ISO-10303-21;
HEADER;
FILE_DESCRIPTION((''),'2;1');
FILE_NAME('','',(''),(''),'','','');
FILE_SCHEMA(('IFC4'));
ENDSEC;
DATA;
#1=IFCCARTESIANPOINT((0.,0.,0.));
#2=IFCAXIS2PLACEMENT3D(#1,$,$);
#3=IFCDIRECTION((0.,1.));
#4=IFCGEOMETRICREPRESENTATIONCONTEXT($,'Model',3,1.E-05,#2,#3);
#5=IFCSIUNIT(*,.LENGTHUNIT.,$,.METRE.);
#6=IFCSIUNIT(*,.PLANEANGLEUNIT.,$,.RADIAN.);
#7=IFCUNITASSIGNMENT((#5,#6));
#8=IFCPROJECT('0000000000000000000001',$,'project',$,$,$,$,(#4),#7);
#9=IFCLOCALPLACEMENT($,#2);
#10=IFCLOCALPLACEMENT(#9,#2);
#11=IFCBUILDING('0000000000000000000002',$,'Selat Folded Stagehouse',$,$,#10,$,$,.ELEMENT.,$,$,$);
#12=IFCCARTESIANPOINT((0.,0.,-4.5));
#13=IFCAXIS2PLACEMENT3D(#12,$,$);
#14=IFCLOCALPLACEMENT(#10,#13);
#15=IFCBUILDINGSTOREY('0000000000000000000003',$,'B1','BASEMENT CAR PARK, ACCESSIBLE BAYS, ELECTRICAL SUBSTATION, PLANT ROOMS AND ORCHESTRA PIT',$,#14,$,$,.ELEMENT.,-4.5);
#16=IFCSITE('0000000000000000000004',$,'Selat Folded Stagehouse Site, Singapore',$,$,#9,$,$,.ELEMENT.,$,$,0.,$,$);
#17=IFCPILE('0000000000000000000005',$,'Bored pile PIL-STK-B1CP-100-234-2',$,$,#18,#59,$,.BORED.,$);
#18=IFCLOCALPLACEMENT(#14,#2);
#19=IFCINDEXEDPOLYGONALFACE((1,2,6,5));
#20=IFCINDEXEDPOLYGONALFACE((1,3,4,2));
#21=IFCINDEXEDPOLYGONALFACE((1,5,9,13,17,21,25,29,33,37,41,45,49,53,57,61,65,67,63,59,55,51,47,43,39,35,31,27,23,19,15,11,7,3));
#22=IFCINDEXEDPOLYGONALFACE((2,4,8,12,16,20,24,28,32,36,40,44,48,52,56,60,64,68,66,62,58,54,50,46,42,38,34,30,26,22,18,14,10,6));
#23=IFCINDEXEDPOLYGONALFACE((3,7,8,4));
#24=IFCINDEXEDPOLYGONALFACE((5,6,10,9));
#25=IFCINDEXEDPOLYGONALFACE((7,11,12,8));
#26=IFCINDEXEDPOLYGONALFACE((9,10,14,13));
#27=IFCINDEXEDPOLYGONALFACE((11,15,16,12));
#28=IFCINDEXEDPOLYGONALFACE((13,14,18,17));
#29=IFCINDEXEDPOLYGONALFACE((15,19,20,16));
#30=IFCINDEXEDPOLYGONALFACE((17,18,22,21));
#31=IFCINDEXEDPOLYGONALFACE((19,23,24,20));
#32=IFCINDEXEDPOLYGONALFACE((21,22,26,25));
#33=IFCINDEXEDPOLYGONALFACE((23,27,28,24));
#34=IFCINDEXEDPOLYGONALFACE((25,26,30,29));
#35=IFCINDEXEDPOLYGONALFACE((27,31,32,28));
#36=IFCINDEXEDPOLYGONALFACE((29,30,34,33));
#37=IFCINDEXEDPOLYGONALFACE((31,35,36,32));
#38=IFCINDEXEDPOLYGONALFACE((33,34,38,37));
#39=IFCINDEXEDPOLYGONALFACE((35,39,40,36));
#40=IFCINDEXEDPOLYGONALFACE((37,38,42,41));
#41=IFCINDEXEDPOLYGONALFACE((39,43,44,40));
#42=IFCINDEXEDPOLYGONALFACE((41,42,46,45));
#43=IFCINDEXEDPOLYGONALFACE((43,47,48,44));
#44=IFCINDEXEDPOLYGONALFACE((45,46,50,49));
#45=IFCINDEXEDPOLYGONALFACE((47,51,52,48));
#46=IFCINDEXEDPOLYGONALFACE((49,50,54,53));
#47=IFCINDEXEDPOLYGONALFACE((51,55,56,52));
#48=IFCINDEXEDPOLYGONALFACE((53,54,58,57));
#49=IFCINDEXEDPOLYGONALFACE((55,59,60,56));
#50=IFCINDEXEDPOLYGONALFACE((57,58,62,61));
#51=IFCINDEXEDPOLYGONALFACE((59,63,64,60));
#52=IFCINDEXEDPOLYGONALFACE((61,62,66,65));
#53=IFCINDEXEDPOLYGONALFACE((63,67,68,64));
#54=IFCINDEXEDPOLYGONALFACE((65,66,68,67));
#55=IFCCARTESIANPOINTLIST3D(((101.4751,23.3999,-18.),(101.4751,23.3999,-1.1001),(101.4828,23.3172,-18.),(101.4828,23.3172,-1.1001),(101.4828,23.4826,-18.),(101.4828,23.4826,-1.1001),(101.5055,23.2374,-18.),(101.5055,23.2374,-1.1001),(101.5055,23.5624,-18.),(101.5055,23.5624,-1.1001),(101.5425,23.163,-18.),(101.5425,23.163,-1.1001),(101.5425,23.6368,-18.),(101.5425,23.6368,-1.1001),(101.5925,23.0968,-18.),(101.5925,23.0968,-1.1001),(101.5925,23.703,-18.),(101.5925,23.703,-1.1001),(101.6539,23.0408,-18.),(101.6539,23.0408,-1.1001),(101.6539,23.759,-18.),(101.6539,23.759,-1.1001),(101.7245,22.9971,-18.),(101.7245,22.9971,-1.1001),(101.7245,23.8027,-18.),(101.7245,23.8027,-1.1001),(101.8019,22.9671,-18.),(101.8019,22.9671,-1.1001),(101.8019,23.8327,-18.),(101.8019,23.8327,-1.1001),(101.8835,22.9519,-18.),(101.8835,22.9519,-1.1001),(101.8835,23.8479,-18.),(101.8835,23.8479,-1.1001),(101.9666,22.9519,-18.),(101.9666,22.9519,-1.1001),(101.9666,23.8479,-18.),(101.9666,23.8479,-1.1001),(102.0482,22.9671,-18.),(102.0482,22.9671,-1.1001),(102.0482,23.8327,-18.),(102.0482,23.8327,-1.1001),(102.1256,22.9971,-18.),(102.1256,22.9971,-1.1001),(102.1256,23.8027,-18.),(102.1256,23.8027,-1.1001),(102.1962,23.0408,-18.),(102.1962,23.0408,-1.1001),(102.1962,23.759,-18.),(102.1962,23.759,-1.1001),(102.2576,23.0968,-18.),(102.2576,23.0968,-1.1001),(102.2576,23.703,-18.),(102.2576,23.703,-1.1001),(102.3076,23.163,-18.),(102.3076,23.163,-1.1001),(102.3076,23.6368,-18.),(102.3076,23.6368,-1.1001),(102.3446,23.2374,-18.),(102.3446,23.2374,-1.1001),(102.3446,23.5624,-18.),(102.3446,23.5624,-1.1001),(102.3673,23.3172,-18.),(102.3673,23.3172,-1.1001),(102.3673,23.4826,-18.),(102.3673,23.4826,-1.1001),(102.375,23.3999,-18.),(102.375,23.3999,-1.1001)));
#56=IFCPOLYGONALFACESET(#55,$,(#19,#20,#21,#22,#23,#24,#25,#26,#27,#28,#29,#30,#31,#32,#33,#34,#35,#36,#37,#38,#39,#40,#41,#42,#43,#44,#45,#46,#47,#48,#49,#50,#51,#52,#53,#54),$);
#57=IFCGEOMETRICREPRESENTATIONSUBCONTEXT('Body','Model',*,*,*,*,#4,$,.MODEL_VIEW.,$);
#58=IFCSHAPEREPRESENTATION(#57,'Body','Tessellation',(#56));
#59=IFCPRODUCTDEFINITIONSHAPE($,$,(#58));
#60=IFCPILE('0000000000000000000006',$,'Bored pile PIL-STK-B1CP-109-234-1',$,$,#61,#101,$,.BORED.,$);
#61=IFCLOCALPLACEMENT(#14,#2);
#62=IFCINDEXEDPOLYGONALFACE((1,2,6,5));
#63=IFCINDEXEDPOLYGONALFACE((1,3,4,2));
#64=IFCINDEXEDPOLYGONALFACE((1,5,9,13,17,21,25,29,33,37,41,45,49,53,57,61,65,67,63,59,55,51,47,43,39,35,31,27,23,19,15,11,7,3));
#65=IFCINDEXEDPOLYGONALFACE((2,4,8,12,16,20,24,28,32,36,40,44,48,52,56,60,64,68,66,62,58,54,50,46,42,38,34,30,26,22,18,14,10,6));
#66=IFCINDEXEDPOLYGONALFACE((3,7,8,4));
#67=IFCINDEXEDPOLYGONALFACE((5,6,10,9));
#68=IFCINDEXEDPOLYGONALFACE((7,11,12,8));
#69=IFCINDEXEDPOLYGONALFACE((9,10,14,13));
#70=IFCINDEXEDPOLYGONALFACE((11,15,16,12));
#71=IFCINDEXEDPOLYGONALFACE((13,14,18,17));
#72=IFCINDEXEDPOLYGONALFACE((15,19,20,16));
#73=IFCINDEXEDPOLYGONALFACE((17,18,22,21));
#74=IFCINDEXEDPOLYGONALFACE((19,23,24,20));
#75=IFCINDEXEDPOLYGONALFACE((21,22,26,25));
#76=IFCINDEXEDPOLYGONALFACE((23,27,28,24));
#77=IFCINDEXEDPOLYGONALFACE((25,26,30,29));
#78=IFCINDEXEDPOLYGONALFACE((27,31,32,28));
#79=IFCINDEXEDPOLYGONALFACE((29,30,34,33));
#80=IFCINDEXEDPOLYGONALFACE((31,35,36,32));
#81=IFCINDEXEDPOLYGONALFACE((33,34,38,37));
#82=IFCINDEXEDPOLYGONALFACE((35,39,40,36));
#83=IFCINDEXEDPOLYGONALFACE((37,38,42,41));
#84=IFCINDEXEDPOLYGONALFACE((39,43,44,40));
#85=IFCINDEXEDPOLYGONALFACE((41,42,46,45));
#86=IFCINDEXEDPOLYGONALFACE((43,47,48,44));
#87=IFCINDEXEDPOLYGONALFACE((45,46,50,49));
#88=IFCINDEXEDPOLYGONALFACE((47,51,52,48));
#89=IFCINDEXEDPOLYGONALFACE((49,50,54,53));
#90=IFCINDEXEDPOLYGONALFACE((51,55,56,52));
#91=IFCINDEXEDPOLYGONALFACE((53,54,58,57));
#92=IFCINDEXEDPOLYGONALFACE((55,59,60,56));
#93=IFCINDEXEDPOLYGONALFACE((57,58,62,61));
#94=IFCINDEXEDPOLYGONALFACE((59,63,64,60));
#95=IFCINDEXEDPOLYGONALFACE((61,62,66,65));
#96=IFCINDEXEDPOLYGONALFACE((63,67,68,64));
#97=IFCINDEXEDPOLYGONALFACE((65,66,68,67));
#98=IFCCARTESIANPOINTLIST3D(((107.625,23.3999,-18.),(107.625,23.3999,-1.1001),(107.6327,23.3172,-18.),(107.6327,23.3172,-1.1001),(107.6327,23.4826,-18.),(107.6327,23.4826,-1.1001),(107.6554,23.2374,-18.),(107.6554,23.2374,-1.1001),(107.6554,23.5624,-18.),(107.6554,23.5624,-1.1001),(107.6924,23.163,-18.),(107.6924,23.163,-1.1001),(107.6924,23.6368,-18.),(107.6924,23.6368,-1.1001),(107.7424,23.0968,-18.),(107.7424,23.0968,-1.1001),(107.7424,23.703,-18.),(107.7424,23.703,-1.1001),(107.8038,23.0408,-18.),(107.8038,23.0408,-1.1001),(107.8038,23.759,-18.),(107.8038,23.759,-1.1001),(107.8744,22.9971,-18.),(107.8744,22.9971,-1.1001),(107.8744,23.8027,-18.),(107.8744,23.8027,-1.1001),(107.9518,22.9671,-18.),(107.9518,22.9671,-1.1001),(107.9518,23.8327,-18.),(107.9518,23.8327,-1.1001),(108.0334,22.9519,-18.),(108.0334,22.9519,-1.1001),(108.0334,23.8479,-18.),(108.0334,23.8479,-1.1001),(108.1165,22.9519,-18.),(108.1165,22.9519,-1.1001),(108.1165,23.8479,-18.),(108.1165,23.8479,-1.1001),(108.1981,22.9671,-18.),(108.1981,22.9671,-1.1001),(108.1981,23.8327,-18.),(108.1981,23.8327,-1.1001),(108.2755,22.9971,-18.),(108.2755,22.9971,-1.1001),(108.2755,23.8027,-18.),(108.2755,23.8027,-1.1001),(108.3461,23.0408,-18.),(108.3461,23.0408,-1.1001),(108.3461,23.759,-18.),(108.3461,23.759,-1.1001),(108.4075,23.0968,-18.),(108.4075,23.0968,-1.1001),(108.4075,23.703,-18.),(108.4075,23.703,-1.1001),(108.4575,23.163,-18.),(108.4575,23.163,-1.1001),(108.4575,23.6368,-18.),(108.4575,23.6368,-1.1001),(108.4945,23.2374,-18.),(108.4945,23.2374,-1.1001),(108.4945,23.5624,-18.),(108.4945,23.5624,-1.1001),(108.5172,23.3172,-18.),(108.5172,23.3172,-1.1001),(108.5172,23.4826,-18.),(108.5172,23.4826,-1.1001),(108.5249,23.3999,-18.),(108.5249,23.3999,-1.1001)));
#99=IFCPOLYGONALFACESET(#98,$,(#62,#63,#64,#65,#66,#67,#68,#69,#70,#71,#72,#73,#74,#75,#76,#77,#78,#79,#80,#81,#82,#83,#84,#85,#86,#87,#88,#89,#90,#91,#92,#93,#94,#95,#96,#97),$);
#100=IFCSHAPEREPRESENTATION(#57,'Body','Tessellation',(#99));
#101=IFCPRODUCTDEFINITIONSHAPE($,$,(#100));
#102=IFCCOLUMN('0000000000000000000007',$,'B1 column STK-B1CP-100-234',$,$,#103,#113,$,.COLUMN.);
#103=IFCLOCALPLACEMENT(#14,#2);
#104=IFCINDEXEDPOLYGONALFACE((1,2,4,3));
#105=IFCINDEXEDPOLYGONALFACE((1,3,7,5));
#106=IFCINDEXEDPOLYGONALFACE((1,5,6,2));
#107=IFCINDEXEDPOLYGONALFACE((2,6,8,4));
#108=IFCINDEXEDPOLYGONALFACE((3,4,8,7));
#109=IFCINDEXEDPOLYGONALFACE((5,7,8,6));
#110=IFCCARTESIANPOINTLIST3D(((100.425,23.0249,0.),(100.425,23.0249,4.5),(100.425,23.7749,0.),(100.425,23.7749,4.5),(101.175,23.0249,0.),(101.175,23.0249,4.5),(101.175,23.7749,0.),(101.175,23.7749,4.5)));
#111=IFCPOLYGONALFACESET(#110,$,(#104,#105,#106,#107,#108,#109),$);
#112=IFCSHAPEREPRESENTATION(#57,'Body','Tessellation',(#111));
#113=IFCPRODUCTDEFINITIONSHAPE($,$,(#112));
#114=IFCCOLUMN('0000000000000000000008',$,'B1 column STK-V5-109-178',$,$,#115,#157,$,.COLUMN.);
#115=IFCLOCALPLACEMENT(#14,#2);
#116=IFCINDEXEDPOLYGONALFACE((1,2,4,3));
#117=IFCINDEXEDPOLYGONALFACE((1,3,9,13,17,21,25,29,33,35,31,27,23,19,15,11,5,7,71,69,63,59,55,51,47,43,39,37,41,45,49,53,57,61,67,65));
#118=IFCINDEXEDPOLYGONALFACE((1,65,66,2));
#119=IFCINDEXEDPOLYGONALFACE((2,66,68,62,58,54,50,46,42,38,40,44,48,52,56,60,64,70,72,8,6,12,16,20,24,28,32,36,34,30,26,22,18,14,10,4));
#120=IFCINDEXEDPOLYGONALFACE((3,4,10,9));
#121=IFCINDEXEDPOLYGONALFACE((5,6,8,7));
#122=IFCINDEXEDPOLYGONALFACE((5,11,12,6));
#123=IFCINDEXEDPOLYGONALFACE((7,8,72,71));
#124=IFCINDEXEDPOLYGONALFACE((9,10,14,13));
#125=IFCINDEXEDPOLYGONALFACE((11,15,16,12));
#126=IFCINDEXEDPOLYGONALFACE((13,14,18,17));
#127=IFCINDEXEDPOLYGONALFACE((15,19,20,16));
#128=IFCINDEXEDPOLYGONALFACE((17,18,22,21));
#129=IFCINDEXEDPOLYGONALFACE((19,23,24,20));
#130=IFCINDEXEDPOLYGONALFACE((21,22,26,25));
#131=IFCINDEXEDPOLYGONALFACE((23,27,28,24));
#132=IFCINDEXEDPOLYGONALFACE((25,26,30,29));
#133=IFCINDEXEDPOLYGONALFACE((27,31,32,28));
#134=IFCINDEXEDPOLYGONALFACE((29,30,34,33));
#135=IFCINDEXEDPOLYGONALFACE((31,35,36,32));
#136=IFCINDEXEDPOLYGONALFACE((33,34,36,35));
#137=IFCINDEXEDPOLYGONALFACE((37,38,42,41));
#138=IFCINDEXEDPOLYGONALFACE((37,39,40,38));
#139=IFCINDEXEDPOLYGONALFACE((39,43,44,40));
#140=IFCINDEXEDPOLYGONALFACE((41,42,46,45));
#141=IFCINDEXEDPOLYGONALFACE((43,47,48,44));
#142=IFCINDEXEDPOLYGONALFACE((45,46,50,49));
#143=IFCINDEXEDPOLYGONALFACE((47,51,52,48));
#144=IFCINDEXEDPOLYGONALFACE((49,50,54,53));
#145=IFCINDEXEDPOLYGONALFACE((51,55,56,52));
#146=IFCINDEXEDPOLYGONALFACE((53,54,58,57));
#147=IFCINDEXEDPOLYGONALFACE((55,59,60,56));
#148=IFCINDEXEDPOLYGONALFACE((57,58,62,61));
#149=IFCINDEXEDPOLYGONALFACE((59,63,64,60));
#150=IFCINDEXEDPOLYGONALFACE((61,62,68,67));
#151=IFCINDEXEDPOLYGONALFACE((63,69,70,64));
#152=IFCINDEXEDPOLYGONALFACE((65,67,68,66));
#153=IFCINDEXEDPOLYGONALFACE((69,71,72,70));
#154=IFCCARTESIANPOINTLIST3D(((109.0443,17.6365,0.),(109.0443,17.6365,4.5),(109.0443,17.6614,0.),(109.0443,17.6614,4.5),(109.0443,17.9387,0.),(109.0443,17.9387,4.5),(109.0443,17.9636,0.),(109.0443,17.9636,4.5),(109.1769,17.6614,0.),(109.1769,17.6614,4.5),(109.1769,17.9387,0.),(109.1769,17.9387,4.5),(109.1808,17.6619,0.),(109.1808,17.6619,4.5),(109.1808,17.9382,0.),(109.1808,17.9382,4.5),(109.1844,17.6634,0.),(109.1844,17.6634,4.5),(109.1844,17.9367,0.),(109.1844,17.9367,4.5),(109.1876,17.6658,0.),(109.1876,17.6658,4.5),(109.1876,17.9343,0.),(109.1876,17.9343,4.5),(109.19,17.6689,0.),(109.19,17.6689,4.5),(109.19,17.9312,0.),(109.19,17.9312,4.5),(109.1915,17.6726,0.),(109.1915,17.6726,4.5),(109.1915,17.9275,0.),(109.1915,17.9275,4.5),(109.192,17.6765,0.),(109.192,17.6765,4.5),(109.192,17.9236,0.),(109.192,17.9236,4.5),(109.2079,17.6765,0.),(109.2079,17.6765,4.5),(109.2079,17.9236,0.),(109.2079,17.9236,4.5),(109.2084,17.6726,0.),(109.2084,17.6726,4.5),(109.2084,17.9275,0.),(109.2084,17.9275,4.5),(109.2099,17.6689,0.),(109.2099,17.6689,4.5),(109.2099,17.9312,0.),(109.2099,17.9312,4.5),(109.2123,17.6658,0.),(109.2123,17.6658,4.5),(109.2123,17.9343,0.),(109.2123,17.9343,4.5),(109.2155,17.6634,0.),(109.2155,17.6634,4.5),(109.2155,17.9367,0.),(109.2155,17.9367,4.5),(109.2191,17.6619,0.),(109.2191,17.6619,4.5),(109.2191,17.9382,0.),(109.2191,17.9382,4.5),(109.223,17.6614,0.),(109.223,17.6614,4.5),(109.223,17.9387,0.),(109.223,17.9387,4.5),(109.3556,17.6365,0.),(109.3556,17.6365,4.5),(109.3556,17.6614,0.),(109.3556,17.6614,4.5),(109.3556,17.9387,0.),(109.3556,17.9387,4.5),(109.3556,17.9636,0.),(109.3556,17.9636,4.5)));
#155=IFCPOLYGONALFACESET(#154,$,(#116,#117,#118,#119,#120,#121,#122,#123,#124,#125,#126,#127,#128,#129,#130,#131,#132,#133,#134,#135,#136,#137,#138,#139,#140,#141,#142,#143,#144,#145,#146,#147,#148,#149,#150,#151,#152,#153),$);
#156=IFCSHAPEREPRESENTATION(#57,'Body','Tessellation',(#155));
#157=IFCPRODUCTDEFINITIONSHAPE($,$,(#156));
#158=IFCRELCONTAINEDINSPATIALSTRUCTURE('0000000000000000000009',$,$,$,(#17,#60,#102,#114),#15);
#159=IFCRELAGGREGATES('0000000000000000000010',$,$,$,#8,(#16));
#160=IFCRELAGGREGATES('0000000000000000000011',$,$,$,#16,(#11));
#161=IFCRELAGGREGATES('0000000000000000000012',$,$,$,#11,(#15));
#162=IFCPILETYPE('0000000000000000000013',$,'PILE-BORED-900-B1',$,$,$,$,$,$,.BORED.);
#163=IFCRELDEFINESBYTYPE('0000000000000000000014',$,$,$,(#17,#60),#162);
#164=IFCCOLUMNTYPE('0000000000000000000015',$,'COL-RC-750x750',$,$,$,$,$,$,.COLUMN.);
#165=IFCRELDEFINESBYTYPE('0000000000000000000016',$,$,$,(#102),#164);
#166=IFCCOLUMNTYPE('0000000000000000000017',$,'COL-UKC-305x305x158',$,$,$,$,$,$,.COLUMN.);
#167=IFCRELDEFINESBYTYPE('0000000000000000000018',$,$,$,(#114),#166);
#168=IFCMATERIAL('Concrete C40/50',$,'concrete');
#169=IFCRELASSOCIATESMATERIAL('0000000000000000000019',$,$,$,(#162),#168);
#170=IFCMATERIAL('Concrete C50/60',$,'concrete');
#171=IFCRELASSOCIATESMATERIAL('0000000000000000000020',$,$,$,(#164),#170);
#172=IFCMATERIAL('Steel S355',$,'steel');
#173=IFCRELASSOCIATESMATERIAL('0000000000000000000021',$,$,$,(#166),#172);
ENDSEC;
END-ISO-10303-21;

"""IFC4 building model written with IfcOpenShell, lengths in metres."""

from ifc_helpers import new_model, si_unit, direction, frame, origin, origin_2d, place, context, subcontext, project, spatial, rectangle, circle, i_section, extrude, material, material_profile, profile_set, type_object, element, save


model = new_model("IFC4")

# Units and contexts
model_context = context("Model", 3, precision=1e-05, world=origin(), true_north=direction((0.0, 1.0)))
body_context = subcontext(model_context, "Body", "Model", "MODEL_VIEW")
ifc_project = project(units=[si_unit("LENGTHUNIT", "METRE"), si_unit("PLANEANGLEUNIT", "RADIAN")], contexts=[model_context])

# Site, building, storey
site_placement = place(None, origin())
site = spatial("IfcSite", under=ifc_project, at=site_placement, Name="Selat Folded Stagehouse Site, Singapore", CompositionType="ELEMENT", RefElevation=0.0)
building_placement = place(site_placement, origin())
building = spatial("IfcBuilding", under=site, at=building_placement, Name="Selat Folded Stagehouse", CompositionType="ELEMENT")
storey_placement = place(building_placement, frame((0.0, 0.0, -4.5)))
storey = spatial("IfcBuildingStorey", under=building, at=storey_placement, Name="B1", Description="BASEMENT CAR PARK, ACCESSIBLE BAYS, ELECTRICAL SUBSTATION, PLANT ROOMS AND ORCHESTRA PIT", CompositionType="ELEMENT", Elevation=-4.5)

# Shared definitions
ifc_material_1 = material(Name="Concrete C40/50", Category="concrete")

# Piles
ifc_material_profile_1 = material_profile(ifc_material_1, circle(Radius=0.45, at=origin_2d()), Name="PILE D900")
ifc_profile_set_1 = profile_set([ifc_material_profile_1], Name="Concrete C40/50")
pile_type = type_object("IfcPileType", Name="PILE-BORED-900-B1", PredefinedType="BORED", material=ifc_profile_set_1)
for number, where, z_axis, x_axis, name in (
    (1, (101.925, 23.3999, -1.1001), (0.0, 0.0, -1.0), (1.0, 0.0, 0.0), "Bored pile PIL-STK-B1CP-100-234-2"),
    (2, (108.075, 23.3999, -1.1001), (0.0, 0.0, -1.0), (1.0, 0.0, 0.0), "Bored pile PIL-STK-B1CP-109-234-1"),
):
    element("IfcPile", number, at=place(storey_placement, frame(where, z_axis=z_axis, x_axis=x_axis)), inside=storey, type_object=pile_type, Name=name, PredefinedType="BORED", context=body_context, shape_type="SweptSolid", body=[
        extrude(circle(Radius=0.45, at=origin_2d()), origin(), (0.0, 0.0, 1.0), 16.8999),
    ])

# Columns
ifc_material_2 = material(Name="Concrete C50/60", Category="concrete")
ifc_material_profile_2 = material_profile(ifc_material_2, rectangle(XDim=0.75, YDim=0.75, at=origin_2d()), Name="RC 750x750")
ifc_profile_set_2 = profile_set([ifc_material_profile_2], Name="Concrete C50/60")
column_type_1 = type_object("IfcColumnType", Name="COL-RC-750x750", PredefinedType="COLUMN", material=ifc_profile_set_2)
column_1_placement = place(storey_placement, frame((100.8, 23.3999, 0.0), z_axis=(0.0, 0.0, 1.0), x_axis=(1.0, 0.0, 0.0)))
element("IfcColumn", 3, at=column_1_placement, inside=storey, type_object=column_type_1, Name="B1 column STK-B1CP-100-234", PredefinedType="COLUMN", context=body_context, shape_type="SweptSolid", body=[
    extrude(rectangle(XDim=0.75, YDim=0.75, at=origin_2d()), origin(), (0.0, 0.0, 1.0), 4.5),
])
ifc_material_3 = material(Name="Steel S355", Category="steel")
ifc_material_profile_3 = material_profile(ifc_material_3, i_section(OverallWidth=0.3113, OverallDepth=0.3271, WebThickness=0.0159, FlangeThickness=0.0249, FilletRadius=0.0151, at=origin_2d()), Name="UKC 305x305x158")
ifc_profile_set_3 = profile_set([ifc_material_profile_3], Name="Steel S355")
column_type_2 = type_object("IfcColumnType", Name="COL-UKC-305x305x158", PredefinedType="COLUMN", material=ifc_profile_set_3)
column_2_placement = place(storey_placement, frame((109.2, 17.8, 0.0), z_axis=(0.0, 0.0, 1.0), x_axis=(1.0, 0.0, 0.0)))
element("IfcColumn", 4, at=column_2_placement, inside=storey, type_object=column_type_2, Name="B1 column STK-V5-109-178", PredefinedType="COLUMN", context=body_context, shape_type="SweptSolid", body=[
    extrude(i_section(OverallWidth=0.3113, OverallDepth=0.3271, WebThickness=0.0159, FlangeThickness=0.0249, FilletRadius=0.0151, at=origin_2d()), origin(), (0.0, 0.0, 1.0), 4.5),
])

save(model, "model.ifc")
